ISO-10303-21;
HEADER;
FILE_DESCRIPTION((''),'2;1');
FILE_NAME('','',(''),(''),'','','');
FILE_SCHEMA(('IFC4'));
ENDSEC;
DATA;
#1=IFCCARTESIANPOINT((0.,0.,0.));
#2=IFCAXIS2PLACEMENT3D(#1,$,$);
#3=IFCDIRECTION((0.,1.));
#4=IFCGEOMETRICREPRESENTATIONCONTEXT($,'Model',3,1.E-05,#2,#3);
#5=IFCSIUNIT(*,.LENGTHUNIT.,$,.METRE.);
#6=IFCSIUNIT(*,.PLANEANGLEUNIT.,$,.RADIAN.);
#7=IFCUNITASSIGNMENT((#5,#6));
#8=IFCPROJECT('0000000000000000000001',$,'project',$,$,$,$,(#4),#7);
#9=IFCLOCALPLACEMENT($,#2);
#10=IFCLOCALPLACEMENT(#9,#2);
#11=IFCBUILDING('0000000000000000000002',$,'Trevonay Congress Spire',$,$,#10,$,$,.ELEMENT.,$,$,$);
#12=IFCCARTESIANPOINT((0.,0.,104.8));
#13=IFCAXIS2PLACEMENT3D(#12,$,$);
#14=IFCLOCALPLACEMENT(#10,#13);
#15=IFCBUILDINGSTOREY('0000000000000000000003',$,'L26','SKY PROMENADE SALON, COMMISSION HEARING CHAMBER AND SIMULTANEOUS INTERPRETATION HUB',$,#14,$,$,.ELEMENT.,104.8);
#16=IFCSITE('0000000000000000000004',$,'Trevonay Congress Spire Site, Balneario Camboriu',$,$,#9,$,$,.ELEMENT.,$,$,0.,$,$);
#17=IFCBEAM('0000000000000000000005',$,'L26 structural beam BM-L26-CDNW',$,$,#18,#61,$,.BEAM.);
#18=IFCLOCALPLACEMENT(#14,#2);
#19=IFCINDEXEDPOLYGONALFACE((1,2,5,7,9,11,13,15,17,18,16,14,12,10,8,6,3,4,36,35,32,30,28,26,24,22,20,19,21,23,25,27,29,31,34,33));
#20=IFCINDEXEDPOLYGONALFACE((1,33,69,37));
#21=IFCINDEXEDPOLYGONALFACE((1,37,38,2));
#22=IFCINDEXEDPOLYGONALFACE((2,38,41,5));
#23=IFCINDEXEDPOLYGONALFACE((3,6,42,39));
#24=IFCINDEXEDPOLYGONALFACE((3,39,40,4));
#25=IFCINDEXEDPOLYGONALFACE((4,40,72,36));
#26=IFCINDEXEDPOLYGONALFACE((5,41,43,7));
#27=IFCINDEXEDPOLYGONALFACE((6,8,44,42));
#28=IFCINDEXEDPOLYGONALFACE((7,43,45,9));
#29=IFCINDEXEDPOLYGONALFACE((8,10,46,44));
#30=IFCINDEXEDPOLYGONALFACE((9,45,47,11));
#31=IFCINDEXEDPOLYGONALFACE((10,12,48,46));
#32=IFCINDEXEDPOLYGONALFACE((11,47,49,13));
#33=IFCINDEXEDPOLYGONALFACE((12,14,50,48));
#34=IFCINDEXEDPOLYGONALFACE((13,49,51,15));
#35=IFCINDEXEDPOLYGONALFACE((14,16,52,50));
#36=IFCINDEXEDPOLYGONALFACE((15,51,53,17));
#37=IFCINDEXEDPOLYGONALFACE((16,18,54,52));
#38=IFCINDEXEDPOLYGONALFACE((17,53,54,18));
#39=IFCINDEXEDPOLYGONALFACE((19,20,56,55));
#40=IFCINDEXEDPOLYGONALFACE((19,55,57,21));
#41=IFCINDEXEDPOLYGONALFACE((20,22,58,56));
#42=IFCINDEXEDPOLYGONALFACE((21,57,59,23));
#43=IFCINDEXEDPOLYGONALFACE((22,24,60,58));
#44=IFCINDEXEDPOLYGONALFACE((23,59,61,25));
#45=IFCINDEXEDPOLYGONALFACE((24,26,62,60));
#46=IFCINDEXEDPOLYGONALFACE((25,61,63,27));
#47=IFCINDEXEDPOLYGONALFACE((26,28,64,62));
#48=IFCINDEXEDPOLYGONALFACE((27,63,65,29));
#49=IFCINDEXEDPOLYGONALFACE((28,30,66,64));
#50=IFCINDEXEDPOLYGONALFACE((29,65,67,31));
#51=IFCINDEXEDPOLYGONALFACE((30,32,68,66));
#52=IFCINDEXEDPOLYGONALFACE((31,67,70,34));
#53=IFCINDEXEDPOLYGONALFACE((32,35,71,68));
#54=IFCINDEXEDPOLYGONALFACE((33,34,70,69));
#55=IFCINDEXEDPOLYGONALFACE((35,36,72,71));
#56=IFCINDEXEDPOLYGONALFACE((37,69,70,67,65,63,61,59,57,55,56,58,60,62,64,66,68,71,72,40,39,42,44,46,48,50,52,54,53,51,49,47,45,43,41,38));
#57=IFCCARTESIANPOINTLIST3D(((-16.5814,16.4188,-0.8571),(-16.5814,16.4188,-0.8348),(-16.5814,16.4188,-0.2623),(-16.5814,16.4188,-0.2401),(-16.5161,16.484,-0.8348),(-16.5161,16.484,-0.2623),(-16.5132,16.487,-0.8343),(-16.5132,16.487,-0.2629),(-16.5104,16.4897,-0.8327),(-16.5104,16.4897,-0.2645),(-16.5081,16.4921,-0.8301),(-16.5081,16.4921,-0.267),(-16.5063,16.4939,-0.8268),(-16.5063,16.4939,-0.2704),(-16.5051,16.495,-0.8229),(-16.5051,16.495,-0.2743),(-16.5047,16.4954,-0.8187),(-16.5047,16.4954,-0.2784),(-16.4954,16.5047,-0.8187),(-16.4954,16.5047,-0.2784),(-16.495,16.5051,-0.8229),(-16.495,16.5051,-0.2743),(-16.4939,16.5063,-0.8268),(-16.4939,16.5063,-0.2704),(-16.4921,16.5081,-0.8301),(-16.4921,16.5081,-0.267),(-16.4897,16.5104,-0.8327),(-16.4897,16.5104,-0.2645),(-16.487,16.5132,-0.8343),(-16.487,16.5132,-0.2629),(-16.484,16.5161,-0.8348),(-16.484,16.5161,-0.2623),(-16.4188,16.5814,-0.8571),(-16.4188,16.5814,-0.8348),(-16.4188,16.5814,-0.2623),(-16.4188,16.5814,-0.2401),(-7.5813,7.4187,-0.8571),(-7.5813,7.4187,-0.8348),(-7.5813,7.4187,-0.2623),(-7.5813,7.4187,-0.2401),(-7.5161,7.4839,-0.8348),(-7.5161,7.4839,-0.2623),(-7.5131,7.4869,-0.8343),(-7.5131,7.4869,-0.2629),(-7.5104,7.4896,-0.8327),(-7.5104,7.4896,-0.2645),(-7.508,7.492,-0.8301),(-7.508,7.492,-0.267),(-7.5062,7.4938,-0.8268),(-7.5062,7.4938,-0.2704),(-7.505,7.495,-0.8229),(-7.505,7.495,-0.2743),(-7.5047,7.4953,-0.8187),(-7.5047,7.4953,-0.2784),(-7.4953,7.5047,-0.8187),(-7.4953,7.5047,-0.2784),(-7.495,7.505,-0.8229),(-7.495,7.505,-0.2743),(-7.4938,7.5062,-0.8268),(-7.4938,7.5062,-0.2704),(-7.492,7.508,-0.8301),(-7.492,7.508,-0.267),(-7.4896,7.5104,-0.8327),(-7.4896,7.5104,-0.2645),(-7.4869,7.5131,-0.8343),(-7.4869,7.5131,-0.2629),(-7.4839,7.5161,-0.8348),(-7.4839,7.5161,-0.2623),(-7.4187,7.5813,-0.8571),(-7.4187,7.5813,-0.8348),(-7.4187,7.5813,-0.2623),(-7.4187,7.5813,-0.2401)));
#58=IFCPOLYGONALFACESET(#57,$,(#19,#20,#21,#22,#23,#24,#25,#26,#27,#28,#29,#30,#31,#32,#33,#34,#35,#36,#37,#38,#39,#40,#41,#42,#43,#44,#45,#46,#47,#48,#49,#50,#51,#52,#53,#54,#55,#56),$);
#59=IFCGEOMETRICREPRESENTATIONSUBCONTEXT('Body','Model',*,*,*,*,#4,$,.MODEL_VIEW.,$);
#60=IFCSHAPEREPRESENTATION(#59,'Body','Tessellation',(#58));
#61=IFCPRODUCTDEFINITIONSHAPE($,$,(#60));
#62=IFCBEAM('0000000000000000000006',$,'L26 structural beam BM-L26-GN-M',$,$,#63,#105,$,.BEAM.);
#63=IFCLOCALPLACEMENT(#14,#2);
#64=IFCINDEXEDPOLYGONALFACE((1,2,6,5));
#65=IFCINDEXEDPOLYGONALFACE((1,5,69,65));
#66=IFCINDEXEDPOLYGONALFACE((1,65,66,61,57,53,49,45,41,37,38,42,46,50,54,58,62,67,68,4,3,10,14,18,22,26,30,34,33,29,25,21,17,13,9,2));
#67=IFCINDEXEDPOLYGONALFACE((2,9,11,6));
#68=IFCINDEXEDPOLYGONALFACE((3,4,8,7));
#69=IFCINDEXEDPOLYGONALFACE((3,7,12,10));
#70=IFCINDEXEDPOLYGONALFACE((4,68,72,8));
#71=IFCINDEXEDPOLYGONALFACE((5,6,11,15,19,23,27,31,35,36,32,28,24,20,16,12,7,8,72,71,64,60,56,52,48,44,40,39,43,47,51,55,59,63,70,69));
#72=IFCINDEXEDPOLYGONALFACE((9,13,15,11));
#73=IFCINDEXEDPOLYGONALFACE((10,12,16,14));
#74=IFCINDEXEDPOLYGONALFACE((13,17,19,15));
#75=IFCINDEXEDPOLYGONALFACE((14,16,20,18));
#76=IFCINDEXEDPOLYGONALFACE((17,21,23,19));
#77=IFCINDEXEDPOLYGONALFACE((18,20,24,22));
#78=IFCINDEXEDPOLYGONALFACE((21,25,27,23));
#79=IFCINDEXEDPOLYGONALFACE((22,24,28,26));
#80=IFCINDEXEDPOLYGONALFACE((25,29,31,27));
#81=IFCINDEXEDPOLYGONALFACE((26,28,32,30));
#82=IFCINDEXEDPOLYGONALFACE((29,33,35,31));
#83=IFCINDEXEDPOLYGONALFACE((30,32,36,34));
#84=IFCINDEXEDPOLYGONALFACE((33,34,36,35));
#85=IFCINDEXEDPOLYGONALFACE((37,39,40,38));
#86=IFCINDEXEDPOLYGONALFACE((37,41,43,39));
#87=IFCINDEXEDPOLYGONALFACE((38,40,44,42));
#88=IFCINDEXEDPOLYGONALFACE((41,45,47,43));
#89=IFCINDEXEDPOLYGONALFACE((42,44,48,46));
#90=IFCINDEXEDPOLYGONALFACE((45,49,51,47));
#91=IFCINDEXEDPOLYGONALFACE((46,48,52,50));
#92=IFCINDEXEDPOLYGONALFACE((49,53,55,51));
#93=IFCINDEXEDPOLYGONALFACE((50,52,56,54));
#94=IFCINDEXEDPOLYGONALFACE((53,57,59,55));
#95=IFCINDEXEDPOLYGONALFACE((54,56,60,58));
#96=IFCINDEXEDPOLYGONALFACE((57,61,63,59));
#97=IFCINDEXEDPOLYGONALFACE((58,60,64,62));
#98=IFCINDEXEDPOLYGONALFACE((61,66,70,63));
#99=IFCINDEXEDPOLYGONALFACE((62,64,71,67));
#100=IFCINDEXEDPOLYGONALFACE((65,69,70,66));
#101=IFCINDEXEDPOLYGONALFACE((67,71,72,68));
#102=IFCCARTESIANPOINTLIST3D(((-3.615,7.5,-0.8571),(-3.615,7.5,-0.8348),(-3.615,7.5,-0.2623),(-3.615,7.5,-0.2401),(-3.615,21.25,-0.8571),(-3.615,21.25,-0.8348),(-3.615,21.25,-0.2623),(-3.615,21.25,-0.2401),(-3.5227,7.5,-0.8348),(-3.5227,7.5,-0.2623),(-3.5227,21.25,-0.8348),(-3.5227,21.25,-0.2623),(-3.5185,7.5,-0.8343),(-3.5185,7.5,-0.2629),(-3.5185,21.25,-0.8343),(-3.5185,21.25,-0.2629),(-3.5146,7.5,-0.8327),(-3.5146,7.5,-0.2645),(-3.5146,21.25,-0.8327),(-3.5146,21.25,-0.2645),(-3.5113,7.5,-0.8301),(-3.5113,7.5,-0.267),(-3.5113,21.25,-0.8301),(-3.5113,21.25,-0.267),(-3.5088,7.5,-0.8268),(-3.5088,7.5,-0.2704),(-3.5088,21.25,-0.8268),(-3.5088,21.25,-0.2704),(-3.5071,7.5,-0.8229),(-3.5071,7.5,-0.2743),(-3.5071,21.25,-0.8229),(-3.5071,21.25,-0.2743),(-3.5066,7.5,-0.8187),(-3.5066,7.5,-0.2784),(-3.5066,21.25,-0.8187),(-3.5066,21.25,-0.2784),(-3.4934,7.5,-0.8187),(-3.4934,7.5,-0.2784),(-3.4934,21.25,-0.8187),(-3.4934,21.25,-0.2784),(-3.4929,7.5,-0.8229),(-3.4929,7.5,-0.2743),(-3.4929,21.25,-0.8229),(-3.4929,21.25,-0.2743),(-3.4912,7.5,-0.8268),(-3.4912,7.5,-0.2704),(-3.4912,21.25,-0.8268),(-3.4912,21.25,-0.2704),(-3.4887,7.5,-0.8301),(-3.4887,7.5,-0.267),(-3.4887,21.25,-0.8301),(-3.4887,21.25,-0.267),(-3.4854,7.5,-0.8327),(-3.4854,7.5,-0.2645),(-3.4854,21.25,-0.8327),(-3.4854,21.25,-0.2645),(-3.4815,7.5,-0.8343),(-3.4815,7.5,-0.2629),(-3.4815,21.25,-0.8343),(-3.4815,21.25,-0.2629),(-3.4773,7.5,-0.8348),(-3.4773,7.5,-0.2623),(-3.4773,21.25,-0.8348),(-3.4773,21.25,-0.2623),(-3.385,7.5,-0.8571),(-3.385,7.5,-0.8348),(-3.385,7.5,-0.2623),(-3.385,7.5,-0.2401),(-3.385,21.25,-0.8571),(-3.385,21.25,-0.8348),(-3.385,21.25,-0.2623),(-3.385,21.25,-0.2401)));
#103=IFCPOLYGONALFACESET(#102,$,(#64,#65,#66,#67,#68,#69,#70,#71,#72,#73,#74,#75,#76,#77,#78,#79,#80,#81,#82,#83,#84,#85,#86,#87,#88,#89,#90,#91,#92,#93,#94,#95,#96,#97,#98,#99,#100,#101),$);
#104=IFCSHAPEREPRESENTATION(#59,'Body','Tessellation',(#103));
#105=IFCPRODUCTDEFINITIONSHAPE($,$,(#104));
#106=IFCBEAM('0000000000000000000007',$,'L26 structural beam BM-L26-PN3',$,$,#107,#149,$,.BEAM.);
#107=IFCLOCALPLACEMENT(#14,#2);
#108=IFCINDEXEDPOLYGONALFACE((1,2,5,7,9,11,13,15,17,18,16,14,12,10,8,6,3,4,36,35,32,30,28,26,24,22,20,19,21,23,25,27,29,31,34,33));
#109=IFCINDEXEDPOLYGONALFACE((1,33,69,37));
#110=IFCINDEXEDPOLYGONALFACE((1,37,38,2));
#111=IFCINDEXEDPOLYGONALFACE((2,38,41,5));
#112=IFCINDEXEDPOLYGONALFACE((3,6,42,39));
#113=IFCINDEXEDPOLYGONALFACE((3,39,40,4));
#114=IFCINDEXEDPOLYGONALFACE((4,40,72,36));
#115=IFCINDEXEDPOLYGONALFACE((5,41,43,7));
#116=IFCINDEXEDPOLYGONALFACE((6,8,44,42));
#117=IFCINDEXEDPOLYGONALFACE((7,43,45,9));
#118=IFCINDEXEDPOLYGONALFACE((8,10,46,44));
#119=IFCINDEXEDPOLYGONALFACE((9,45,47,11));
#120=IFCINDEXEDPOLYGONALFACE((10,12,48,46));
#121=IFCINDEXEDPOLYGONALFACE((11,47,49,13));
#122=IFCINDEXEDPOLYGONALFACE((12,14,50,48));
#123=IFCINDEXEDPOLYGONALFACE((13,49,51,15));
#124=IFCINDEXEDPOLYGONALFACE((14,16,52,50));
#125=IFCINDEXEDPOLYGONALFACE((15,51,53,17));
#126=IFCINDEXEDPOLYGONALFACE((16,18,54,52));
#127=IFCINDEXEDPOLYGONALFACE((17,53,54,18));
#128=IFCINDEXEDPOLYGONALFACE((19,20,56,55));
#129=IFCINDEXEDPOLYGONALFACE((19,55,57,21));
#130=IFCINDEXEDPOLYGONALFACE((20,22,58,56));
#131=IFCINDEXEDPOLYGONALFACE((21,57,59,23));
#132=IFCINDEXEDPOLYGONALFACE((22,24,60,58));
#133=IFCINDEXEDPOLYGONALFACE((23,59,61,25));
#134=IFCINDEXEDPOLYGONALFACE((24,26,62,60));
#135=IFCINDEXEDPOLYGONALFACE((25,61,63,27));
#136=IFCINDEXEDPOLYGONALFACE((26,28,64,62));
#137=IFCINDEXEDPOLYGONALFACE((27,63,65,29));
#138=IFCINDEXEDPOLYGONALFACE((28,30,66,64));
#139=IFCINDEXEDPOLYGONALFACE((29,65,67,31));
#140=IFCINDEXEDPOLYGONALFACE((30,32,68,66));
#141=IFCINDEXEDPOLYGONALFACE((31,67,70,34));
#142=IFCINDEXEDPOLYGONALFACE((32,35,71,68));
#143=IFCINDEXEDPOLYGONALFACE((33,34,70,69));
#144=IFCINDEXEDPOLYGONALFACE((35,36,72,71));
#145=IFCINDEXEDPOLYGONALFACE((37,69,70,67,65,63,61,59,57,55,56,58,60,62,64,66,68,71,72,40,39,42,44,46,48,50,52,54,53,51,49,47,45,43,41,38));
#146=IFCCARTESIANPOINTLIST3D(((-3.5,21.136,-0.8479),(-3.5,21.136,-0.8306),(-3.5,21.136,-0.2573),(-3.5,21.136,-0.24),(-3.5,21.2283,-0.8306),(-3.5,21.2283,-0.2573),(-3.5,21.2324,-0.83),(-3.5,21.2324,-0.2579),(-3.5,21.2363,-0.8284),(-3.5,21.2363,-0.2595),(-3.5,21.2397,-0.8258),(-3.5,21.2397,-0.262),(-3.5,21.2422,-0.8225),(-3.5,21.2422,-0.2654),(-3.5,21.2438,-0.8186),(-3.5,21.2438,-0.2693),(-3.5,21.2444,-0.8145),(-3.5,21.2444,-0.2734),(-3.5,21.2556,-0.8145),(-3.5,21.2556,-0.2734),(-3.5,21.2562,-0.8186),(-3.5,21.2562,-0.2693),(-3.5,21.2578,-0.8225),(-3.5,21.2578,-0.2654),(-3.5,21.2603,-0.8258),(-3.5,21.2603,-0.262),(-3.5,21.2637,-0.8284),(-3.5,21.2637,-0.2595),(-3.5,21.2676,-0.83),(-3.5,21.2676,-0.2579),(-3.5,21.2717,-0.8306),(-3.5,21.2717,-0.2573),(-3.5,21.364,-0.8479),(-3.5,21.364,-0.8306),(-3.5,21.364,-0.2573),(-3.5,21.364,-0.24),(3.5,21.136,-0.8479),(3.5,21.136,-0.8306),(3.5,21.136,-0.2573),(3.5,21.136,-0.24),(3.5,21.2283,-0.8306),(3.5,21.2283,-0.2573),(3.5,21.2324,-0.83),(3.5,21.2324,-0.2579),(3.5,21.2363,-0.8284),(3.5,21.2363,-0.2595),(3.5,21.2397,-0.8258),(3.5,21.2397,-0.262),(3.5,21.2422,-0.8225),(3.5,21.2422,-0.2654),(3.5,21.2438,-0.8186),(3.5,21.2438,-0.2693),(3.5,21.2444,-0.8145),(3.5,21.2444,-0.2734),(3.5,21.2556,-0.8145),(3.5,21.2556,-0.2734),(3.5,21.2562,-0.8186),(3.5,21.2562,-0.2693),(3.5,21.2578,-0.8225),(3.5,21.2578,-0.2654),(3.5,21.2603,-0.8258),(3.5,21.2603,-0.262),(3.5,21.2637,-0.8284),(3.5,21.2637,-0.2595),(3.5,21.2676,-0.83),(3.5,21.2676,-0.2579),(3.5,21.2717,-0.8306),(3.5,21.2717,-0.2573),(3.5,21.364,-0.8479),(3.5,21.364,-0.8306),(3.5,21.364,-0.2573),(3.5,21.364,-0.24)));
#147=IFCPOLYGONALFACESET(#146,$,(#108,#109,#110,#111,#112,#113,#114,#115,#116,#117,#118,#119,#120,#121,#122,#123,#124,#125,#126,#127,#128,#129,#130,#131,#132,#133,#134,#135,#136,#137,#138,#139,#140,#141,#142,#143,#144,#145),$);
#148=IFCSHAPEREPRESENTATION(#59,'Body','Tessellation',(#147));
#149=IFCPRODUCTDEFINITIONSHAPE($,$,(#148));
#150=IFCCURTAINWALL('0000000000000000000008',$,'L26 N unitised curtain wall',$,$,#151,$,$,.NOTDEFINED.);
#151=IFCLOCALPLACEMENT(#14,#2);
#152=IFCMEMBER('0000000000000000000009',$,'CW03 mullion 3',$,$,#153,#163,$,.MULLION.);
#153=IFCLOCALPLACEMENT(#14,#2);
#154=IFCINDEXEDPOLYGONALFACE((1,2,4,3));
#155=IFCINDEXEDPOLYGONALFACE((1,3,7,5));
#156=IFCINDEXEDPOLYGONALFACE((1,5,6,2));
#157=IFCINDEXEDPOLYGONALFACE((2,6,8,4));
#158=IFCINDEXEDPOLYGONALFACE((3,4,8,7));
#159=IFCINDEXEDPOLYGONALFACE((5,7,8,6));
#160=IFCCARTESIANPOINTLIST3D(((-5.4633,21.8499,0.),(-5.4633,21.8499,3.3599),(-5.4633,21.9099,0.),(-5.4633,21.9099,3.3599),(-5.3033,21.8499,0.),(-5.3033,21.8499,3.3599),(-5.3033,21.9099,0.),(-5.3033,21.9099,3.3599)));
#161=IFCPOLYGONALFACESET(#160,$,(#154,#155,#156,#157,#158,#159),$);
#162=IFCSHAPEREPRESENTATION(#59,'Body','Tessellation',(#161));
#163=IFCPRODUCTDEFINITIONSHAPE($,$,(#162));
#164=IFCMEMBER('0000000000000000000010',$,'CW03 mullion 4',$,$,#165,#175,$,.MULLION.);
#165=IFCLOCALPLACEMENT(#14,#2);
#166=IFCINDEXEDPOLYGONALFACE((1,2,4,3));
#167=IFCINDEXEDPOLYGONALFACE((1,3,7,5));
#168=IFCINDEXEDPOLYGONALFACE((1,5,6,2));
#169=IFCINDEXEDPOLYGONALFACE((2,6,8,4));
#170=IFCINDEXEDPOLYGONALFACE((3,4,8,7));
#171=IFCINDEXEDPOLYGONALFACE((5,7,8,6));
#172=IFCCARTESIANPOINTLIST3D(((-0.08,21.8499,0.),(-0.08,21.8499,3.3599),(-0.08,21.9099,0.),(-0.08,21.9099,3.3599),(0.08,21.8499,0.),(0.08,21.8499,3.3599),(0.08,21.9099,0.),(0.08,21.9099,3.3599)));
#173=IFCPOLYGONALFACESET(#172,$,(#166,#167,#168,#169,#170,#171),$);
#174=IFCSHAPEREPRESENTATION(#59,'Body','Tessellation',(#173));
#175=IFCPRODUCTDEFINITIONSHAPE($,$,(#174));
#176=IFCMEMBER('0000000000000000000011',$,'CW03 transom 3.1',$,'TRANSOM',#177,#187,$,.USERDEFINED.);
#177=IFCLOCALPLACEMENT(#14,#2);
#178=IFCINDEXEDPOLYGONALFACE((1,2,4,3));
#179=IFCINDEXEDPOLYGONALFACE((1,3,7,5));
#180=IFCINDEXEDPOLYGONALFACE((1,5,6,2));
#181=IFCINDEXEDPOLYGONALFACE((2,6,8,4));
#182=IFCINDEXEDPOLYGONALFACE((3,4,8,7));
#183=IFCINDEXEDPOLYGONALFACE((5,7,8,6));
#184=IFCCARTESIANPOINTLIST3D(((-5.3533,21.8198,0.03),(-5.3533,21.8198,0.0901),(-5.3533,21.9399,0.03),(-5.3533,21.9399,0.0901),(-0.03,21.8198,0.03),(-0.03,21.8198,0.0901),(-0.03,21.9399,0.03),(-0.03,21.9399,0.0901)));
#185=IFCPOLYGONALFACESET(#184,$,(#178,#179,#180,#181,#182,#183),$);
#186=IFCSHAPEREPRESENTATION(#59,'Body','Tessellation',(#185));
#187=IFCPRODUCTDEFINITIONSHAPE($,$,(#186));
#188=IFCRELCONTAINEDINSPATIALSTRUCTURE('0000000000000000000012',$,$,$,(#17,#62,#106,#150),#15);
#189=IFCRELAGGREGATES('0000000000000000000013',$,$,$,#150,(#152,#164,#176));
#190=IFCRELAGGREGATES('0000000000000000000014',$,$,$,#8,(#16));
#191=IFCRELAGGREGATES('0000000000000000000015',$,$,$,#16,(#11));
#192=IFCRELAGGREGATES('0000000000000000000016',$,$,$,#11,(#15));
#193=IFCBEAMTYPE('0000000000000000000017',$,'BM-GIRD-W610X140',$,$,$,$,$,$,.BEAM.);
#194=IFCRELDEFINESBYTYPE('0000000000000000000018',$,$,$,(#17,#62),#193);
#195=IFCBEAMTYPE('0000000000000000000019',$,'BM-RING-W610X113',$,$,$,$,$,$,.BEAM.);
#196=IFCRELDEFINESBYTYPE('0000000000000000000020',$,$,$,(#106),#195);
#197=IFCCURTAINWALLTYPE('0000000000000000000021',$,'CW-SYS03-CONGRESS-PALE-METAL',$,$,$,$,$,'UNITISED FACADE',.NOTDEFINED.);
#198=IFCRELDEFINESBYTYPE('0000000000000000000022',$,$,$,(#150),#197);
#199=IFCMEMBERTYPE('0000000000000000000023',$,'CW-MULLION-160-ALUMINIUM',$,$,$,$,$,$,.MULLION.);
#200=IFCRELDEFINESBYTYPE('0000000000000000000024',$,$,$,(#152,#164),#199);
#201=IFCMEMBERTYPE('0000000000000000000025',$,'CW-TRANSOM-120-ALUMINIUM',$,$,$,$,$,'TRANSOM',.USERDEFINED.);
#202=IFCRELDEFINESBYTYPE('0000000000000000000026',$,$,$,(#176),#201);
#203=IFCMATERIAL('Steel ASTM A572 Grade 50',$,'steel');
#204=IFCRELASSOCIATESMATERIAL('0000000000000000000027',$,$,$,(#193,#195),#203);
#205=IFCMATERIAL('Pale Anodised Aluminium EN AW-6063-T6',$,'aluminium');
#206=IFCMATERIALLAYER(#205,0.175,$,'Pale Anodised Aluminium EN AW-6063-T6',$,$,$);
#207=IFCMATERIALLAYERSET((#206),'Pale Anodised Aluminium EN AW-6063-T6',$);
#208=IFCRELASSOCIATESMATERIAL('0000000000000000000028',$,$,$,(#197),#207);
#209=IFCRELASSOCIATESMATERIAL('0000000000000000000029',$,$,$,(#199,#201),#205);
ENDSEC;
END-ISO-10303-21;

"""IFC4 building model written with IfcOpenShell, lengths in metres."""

from ifc_helpers import new_model, si_unit, direction, frame, origin, origin_2d, place, context, subcontext, project, spatial, rectangle, i_section, extrude, material, layer, layer_set, material_profile, profile_set, type_object, element, aggregate, save


model = new_model("IFC4")

# Units and contexts
model_context = context("Model", 3, precision=1e-05, world=origin(), true_north=direction((0.0, 1.0)))
body_context = subcontext(model_context, "Body", "Model", "MODEL_VIEW")
ifc_project = project(units=[si_unit("LENGTHUNIT", "METRE"), si_unit("PLANEANGLEUNIT", "RADIAN")], contexts=[model_context])

# Site, building, storey
site_placement = place(None, origin())
site = spatial("IfcSite", under=ifc_project, at=site_placement, Name="Trevonay Congress Spire Site, Balneario Camboriu", CompositionType="ELEMENT", RefElevation=0.0)
building_placement = place(site_placement, origin())
building = spatial("IfcBuilding", under=site, at=building_placement, Name="Trevonay Congress Spire", CompositionType="ELEMENT")
storey_placement = place(building_placement, frame((0.0, 0.0, 104.8)))
storey = spatial("IfcBuildingStorey", under=building, at=storey_placement, Name="L26", Description="SKY PROMENADE SALON, COMMISSION HEARING CHAMBER AND SIMULTANEOUS INTERPRETATION HUB", CompositionType="ELEMENT", Elevation=104.8)

# Shared definitions
ifc_material_1 = material(Name="Steel ASTM A572 Grade 50", Category="steel")

# Beams
ifc_material_profile_1 = material_profile(ifc_material_1, i_section(OverallWidth=0.23, OverallDepth=0.6169, WebThickness=0.0132, FlangeThickness=0.0222, FilletRadius=0.0161, at=origin_2d()), Name="W610x140")
ifc_profile_set_1 = profile_set([ifc_material_profile_1], Name="Steel ASTM A572 Grade 50")
beam_type_1 = type_object("IfcBeamType", Name="BM-GIRD-W610X140", PredefinedType="BEAM", material=ifc_profile_set_1)
beam_1_placement = place(storey_placement, frame((-7.5, 7.5, -0.5486), z_axis=(-0.707107, 0.707107, 0.0), x_axis=(-0.707107, -0.707107, 0.0)))
element("IfcBeam", 1, at=beam_1_placement, inside=storey, type_object=beam_type_1, Name="L26 structural beam BM-L26-CDNW", PredefinedType="BEAM", context=body_context, shape_type="SweptSolid", body=[
    extrude(i_section(OverallWidth=0.23, OverallDepth=0.6169, WebThickness=0.0132, FlangeThickness=0.0222, FilletRadius=0.0161, at=origin_2d()), origin(), (0.0, 0.0, 1.0), 12.728),
])
beam_2_placement = place(storey_placement, frame((-3.5, 7.5, -0.5486), z_axis=(0.0, 1.0, 0.0), x_axis=(-1.0, 0.0, 0.0)))
element("IfcBeam", 2, at=beam_2_placement, inside=storey, type_object=beam_type_1, Name="L26 structural beam BM-L26-GN-M", PredefinedType="BEAM", context=body_context, shape_type="SweptSolid", body=[
    extrude(i_section(OverallWidth=0.23, OverallDepth=0.6169, WebThickness=0.0132, FlangeThickness=0.0222, FilletRadius=0.0161, at=origin_2d()), origin(), (0.0, 0.0, 1.0), 13.75),
])
ifc_material_profile_2 = material_profile(ifc_material_1, i_section(OverallWidth=0.228, OverallDepth=0.6079, WebThickness=0.0112, FlangeThickness=0.0173, FilletRadius=0.0161, at=origin_2d()), Name="W610x113")
ifc_profile_set_2 = profile_set([ifc_material_profile_2], Name="Steel ASTM A572 Grade 50")
beam_type_2 = type_object("IfcBeamType", Name="BM-RING-W610X113", PredefinedType="BEAM", material=ifc_profile_set_2)
beam_3_placement = place(storey_placement, frame((-3.5, 21.25, -0.5439), z_axis=(1.0, 0.0, 0.0), x_axis=(0.0, 1.0, 0.0)))
element("IfcBeam", 3, at=beam_3_placement, inside=storey, type_object=beam_type_2, Name="L26 structural beam BM-L26-PN3", PredefinedType="BEAM", context=body_context, shape_type="SweptSolid", body=[
    extrude(i_section(OverallWidth=0.228, OverallDepth=0.6079, WebThickness=0.0112, FlangeThickness=0.0173, FilletRadius=0.0161, at=origin_2d()), origin(), (0.0, 0.0, 1.0), 7.0),
])

# Curtain wall, members
ifc_material_2 = material(Name="Pale Anodised Aluminium EN AW-6063-T6", Category="aluminium")
ifc_layer_1 = layer(ifc_material_2, 0.175, Name="Pale Anodised Aluminium EN AW-6063-T6")
ifc_layer_set_1 = layer_set([ifc_layer_1], Name="Pale Anodised Aluminium EN AW-6063-T6")
curtain_wall_type = type_object("IfcCurtainWallType", Name="CW-SYS03-CONGRESS-PALE-METAL", ElementType="UNITISED FACADE", PredefinedType="NOTDEFINED", material=ifc_layer_set_1)
curtain_wall_placement = place(storey_placement, origin())
curtain_wall = element("IfcCurtainWall", 4, at=curtain_wall_placement, inside=storey, type_object=curtain_wall_type, Name="L26 N unitised curtain wall", PredefinedType="NOTDEFINED")
ifc_material_profile_3 = material_profile(ifc_material_2, rectangle(XDim=0.0601, YDim=0.1599, at=origin_2d()), Name="CW-MULLION-160-ALUMINIUM")
ifc_profile_set_3 = profile_set([ifc_material_profile_3], Name="Pale Anodised Aluminium EN AW-6063-T6")
member_type_1 = type_object("IfcMemberType", Name="CW-MULLION-160-ALUMINIUM", PredefinedType="MULLION", material=ifc_profile_set_3)
member_1_placement = place(storey_placement, frame((-5.3833, 21.8799, 0.0), z_axis=(0.0, 0.0, 1.0), x_axis=(0.0, 1.0, 0.0)))
member_1 = element("IfcMember", 5, at=member_1_placement, type_object=member_type_1, Name="CW03 mullion 3", PredefinedType="MULLION", context=body_context, shape_type="SweptSolid", body=[
    extrude(rectangle(XDim=0.0601, YDim=0.1599, at=origin_2d()), origin(), (0.0, 0.0, 1.0), 3.3599),
])
member_2_placement = place(storey_placement, frame((0.0, 21.8799, 0.0), z_axis=(0.0, 0.0, 1.0), x_axis=(0.0, 1.0, 0.0)))
member_2 = element("IfcMember", 6, at=member_2_placement, type_object=member_type_1, Name="CW03 mullion 4", PredefinedType="MULLION", context=body_context, shape_type="SweptSolid", body=[
    extrude(rectangle(XDim=0.0601, YDim=0.1599, at=origin_2d()), origin(), (0.0, 0.0, 1.0), 3.3599),
])
ifc_material_profile_4 = material_profile(ifc_material_2, rectangle(XDim=0.1201, YDim=0.0601, at=origin_2d()), Name="CW-TRANSOM-120-ALUMINIUM")
ifc_profile_set_4 = profile_set([ifc_material_profile_4], Name="Pale Anodised Aluminium EN AW-6063-T6")
member_type_2 = type_object("IfcMemberType", Name="CW-TRANSOM-120-ALUMINIUM", ElementType="TRANSOM", PredefinedType="USERDEFINED", material=ifc_profile_set_4)
member_3_placement = place(storey_placement, frame((-5.3533, 21.8799, 0.0601), z_axis=(1.0, 0.0, 0.0), x_axis=(0.0, 1.0, 0.0)))
member_3 = element("IfcMember", 7, at=member_3_placement, type_object=member_type_2, Name="CW03 transom 3.1", ObjectType="TRANSOM", PredefinedType="USERDEFINED", context=body_context, shape_type="SweptSolid", body=[
    extrude(rectangle(XDim=0.1201, YDim=0.0601, at=origin_2d()), origin(), (0.0, 0.0, 1.0), 5.3232),
])
aggregate(curtain_wall, [member_1, member_2, member_3])

save(model, "model.ifc")
